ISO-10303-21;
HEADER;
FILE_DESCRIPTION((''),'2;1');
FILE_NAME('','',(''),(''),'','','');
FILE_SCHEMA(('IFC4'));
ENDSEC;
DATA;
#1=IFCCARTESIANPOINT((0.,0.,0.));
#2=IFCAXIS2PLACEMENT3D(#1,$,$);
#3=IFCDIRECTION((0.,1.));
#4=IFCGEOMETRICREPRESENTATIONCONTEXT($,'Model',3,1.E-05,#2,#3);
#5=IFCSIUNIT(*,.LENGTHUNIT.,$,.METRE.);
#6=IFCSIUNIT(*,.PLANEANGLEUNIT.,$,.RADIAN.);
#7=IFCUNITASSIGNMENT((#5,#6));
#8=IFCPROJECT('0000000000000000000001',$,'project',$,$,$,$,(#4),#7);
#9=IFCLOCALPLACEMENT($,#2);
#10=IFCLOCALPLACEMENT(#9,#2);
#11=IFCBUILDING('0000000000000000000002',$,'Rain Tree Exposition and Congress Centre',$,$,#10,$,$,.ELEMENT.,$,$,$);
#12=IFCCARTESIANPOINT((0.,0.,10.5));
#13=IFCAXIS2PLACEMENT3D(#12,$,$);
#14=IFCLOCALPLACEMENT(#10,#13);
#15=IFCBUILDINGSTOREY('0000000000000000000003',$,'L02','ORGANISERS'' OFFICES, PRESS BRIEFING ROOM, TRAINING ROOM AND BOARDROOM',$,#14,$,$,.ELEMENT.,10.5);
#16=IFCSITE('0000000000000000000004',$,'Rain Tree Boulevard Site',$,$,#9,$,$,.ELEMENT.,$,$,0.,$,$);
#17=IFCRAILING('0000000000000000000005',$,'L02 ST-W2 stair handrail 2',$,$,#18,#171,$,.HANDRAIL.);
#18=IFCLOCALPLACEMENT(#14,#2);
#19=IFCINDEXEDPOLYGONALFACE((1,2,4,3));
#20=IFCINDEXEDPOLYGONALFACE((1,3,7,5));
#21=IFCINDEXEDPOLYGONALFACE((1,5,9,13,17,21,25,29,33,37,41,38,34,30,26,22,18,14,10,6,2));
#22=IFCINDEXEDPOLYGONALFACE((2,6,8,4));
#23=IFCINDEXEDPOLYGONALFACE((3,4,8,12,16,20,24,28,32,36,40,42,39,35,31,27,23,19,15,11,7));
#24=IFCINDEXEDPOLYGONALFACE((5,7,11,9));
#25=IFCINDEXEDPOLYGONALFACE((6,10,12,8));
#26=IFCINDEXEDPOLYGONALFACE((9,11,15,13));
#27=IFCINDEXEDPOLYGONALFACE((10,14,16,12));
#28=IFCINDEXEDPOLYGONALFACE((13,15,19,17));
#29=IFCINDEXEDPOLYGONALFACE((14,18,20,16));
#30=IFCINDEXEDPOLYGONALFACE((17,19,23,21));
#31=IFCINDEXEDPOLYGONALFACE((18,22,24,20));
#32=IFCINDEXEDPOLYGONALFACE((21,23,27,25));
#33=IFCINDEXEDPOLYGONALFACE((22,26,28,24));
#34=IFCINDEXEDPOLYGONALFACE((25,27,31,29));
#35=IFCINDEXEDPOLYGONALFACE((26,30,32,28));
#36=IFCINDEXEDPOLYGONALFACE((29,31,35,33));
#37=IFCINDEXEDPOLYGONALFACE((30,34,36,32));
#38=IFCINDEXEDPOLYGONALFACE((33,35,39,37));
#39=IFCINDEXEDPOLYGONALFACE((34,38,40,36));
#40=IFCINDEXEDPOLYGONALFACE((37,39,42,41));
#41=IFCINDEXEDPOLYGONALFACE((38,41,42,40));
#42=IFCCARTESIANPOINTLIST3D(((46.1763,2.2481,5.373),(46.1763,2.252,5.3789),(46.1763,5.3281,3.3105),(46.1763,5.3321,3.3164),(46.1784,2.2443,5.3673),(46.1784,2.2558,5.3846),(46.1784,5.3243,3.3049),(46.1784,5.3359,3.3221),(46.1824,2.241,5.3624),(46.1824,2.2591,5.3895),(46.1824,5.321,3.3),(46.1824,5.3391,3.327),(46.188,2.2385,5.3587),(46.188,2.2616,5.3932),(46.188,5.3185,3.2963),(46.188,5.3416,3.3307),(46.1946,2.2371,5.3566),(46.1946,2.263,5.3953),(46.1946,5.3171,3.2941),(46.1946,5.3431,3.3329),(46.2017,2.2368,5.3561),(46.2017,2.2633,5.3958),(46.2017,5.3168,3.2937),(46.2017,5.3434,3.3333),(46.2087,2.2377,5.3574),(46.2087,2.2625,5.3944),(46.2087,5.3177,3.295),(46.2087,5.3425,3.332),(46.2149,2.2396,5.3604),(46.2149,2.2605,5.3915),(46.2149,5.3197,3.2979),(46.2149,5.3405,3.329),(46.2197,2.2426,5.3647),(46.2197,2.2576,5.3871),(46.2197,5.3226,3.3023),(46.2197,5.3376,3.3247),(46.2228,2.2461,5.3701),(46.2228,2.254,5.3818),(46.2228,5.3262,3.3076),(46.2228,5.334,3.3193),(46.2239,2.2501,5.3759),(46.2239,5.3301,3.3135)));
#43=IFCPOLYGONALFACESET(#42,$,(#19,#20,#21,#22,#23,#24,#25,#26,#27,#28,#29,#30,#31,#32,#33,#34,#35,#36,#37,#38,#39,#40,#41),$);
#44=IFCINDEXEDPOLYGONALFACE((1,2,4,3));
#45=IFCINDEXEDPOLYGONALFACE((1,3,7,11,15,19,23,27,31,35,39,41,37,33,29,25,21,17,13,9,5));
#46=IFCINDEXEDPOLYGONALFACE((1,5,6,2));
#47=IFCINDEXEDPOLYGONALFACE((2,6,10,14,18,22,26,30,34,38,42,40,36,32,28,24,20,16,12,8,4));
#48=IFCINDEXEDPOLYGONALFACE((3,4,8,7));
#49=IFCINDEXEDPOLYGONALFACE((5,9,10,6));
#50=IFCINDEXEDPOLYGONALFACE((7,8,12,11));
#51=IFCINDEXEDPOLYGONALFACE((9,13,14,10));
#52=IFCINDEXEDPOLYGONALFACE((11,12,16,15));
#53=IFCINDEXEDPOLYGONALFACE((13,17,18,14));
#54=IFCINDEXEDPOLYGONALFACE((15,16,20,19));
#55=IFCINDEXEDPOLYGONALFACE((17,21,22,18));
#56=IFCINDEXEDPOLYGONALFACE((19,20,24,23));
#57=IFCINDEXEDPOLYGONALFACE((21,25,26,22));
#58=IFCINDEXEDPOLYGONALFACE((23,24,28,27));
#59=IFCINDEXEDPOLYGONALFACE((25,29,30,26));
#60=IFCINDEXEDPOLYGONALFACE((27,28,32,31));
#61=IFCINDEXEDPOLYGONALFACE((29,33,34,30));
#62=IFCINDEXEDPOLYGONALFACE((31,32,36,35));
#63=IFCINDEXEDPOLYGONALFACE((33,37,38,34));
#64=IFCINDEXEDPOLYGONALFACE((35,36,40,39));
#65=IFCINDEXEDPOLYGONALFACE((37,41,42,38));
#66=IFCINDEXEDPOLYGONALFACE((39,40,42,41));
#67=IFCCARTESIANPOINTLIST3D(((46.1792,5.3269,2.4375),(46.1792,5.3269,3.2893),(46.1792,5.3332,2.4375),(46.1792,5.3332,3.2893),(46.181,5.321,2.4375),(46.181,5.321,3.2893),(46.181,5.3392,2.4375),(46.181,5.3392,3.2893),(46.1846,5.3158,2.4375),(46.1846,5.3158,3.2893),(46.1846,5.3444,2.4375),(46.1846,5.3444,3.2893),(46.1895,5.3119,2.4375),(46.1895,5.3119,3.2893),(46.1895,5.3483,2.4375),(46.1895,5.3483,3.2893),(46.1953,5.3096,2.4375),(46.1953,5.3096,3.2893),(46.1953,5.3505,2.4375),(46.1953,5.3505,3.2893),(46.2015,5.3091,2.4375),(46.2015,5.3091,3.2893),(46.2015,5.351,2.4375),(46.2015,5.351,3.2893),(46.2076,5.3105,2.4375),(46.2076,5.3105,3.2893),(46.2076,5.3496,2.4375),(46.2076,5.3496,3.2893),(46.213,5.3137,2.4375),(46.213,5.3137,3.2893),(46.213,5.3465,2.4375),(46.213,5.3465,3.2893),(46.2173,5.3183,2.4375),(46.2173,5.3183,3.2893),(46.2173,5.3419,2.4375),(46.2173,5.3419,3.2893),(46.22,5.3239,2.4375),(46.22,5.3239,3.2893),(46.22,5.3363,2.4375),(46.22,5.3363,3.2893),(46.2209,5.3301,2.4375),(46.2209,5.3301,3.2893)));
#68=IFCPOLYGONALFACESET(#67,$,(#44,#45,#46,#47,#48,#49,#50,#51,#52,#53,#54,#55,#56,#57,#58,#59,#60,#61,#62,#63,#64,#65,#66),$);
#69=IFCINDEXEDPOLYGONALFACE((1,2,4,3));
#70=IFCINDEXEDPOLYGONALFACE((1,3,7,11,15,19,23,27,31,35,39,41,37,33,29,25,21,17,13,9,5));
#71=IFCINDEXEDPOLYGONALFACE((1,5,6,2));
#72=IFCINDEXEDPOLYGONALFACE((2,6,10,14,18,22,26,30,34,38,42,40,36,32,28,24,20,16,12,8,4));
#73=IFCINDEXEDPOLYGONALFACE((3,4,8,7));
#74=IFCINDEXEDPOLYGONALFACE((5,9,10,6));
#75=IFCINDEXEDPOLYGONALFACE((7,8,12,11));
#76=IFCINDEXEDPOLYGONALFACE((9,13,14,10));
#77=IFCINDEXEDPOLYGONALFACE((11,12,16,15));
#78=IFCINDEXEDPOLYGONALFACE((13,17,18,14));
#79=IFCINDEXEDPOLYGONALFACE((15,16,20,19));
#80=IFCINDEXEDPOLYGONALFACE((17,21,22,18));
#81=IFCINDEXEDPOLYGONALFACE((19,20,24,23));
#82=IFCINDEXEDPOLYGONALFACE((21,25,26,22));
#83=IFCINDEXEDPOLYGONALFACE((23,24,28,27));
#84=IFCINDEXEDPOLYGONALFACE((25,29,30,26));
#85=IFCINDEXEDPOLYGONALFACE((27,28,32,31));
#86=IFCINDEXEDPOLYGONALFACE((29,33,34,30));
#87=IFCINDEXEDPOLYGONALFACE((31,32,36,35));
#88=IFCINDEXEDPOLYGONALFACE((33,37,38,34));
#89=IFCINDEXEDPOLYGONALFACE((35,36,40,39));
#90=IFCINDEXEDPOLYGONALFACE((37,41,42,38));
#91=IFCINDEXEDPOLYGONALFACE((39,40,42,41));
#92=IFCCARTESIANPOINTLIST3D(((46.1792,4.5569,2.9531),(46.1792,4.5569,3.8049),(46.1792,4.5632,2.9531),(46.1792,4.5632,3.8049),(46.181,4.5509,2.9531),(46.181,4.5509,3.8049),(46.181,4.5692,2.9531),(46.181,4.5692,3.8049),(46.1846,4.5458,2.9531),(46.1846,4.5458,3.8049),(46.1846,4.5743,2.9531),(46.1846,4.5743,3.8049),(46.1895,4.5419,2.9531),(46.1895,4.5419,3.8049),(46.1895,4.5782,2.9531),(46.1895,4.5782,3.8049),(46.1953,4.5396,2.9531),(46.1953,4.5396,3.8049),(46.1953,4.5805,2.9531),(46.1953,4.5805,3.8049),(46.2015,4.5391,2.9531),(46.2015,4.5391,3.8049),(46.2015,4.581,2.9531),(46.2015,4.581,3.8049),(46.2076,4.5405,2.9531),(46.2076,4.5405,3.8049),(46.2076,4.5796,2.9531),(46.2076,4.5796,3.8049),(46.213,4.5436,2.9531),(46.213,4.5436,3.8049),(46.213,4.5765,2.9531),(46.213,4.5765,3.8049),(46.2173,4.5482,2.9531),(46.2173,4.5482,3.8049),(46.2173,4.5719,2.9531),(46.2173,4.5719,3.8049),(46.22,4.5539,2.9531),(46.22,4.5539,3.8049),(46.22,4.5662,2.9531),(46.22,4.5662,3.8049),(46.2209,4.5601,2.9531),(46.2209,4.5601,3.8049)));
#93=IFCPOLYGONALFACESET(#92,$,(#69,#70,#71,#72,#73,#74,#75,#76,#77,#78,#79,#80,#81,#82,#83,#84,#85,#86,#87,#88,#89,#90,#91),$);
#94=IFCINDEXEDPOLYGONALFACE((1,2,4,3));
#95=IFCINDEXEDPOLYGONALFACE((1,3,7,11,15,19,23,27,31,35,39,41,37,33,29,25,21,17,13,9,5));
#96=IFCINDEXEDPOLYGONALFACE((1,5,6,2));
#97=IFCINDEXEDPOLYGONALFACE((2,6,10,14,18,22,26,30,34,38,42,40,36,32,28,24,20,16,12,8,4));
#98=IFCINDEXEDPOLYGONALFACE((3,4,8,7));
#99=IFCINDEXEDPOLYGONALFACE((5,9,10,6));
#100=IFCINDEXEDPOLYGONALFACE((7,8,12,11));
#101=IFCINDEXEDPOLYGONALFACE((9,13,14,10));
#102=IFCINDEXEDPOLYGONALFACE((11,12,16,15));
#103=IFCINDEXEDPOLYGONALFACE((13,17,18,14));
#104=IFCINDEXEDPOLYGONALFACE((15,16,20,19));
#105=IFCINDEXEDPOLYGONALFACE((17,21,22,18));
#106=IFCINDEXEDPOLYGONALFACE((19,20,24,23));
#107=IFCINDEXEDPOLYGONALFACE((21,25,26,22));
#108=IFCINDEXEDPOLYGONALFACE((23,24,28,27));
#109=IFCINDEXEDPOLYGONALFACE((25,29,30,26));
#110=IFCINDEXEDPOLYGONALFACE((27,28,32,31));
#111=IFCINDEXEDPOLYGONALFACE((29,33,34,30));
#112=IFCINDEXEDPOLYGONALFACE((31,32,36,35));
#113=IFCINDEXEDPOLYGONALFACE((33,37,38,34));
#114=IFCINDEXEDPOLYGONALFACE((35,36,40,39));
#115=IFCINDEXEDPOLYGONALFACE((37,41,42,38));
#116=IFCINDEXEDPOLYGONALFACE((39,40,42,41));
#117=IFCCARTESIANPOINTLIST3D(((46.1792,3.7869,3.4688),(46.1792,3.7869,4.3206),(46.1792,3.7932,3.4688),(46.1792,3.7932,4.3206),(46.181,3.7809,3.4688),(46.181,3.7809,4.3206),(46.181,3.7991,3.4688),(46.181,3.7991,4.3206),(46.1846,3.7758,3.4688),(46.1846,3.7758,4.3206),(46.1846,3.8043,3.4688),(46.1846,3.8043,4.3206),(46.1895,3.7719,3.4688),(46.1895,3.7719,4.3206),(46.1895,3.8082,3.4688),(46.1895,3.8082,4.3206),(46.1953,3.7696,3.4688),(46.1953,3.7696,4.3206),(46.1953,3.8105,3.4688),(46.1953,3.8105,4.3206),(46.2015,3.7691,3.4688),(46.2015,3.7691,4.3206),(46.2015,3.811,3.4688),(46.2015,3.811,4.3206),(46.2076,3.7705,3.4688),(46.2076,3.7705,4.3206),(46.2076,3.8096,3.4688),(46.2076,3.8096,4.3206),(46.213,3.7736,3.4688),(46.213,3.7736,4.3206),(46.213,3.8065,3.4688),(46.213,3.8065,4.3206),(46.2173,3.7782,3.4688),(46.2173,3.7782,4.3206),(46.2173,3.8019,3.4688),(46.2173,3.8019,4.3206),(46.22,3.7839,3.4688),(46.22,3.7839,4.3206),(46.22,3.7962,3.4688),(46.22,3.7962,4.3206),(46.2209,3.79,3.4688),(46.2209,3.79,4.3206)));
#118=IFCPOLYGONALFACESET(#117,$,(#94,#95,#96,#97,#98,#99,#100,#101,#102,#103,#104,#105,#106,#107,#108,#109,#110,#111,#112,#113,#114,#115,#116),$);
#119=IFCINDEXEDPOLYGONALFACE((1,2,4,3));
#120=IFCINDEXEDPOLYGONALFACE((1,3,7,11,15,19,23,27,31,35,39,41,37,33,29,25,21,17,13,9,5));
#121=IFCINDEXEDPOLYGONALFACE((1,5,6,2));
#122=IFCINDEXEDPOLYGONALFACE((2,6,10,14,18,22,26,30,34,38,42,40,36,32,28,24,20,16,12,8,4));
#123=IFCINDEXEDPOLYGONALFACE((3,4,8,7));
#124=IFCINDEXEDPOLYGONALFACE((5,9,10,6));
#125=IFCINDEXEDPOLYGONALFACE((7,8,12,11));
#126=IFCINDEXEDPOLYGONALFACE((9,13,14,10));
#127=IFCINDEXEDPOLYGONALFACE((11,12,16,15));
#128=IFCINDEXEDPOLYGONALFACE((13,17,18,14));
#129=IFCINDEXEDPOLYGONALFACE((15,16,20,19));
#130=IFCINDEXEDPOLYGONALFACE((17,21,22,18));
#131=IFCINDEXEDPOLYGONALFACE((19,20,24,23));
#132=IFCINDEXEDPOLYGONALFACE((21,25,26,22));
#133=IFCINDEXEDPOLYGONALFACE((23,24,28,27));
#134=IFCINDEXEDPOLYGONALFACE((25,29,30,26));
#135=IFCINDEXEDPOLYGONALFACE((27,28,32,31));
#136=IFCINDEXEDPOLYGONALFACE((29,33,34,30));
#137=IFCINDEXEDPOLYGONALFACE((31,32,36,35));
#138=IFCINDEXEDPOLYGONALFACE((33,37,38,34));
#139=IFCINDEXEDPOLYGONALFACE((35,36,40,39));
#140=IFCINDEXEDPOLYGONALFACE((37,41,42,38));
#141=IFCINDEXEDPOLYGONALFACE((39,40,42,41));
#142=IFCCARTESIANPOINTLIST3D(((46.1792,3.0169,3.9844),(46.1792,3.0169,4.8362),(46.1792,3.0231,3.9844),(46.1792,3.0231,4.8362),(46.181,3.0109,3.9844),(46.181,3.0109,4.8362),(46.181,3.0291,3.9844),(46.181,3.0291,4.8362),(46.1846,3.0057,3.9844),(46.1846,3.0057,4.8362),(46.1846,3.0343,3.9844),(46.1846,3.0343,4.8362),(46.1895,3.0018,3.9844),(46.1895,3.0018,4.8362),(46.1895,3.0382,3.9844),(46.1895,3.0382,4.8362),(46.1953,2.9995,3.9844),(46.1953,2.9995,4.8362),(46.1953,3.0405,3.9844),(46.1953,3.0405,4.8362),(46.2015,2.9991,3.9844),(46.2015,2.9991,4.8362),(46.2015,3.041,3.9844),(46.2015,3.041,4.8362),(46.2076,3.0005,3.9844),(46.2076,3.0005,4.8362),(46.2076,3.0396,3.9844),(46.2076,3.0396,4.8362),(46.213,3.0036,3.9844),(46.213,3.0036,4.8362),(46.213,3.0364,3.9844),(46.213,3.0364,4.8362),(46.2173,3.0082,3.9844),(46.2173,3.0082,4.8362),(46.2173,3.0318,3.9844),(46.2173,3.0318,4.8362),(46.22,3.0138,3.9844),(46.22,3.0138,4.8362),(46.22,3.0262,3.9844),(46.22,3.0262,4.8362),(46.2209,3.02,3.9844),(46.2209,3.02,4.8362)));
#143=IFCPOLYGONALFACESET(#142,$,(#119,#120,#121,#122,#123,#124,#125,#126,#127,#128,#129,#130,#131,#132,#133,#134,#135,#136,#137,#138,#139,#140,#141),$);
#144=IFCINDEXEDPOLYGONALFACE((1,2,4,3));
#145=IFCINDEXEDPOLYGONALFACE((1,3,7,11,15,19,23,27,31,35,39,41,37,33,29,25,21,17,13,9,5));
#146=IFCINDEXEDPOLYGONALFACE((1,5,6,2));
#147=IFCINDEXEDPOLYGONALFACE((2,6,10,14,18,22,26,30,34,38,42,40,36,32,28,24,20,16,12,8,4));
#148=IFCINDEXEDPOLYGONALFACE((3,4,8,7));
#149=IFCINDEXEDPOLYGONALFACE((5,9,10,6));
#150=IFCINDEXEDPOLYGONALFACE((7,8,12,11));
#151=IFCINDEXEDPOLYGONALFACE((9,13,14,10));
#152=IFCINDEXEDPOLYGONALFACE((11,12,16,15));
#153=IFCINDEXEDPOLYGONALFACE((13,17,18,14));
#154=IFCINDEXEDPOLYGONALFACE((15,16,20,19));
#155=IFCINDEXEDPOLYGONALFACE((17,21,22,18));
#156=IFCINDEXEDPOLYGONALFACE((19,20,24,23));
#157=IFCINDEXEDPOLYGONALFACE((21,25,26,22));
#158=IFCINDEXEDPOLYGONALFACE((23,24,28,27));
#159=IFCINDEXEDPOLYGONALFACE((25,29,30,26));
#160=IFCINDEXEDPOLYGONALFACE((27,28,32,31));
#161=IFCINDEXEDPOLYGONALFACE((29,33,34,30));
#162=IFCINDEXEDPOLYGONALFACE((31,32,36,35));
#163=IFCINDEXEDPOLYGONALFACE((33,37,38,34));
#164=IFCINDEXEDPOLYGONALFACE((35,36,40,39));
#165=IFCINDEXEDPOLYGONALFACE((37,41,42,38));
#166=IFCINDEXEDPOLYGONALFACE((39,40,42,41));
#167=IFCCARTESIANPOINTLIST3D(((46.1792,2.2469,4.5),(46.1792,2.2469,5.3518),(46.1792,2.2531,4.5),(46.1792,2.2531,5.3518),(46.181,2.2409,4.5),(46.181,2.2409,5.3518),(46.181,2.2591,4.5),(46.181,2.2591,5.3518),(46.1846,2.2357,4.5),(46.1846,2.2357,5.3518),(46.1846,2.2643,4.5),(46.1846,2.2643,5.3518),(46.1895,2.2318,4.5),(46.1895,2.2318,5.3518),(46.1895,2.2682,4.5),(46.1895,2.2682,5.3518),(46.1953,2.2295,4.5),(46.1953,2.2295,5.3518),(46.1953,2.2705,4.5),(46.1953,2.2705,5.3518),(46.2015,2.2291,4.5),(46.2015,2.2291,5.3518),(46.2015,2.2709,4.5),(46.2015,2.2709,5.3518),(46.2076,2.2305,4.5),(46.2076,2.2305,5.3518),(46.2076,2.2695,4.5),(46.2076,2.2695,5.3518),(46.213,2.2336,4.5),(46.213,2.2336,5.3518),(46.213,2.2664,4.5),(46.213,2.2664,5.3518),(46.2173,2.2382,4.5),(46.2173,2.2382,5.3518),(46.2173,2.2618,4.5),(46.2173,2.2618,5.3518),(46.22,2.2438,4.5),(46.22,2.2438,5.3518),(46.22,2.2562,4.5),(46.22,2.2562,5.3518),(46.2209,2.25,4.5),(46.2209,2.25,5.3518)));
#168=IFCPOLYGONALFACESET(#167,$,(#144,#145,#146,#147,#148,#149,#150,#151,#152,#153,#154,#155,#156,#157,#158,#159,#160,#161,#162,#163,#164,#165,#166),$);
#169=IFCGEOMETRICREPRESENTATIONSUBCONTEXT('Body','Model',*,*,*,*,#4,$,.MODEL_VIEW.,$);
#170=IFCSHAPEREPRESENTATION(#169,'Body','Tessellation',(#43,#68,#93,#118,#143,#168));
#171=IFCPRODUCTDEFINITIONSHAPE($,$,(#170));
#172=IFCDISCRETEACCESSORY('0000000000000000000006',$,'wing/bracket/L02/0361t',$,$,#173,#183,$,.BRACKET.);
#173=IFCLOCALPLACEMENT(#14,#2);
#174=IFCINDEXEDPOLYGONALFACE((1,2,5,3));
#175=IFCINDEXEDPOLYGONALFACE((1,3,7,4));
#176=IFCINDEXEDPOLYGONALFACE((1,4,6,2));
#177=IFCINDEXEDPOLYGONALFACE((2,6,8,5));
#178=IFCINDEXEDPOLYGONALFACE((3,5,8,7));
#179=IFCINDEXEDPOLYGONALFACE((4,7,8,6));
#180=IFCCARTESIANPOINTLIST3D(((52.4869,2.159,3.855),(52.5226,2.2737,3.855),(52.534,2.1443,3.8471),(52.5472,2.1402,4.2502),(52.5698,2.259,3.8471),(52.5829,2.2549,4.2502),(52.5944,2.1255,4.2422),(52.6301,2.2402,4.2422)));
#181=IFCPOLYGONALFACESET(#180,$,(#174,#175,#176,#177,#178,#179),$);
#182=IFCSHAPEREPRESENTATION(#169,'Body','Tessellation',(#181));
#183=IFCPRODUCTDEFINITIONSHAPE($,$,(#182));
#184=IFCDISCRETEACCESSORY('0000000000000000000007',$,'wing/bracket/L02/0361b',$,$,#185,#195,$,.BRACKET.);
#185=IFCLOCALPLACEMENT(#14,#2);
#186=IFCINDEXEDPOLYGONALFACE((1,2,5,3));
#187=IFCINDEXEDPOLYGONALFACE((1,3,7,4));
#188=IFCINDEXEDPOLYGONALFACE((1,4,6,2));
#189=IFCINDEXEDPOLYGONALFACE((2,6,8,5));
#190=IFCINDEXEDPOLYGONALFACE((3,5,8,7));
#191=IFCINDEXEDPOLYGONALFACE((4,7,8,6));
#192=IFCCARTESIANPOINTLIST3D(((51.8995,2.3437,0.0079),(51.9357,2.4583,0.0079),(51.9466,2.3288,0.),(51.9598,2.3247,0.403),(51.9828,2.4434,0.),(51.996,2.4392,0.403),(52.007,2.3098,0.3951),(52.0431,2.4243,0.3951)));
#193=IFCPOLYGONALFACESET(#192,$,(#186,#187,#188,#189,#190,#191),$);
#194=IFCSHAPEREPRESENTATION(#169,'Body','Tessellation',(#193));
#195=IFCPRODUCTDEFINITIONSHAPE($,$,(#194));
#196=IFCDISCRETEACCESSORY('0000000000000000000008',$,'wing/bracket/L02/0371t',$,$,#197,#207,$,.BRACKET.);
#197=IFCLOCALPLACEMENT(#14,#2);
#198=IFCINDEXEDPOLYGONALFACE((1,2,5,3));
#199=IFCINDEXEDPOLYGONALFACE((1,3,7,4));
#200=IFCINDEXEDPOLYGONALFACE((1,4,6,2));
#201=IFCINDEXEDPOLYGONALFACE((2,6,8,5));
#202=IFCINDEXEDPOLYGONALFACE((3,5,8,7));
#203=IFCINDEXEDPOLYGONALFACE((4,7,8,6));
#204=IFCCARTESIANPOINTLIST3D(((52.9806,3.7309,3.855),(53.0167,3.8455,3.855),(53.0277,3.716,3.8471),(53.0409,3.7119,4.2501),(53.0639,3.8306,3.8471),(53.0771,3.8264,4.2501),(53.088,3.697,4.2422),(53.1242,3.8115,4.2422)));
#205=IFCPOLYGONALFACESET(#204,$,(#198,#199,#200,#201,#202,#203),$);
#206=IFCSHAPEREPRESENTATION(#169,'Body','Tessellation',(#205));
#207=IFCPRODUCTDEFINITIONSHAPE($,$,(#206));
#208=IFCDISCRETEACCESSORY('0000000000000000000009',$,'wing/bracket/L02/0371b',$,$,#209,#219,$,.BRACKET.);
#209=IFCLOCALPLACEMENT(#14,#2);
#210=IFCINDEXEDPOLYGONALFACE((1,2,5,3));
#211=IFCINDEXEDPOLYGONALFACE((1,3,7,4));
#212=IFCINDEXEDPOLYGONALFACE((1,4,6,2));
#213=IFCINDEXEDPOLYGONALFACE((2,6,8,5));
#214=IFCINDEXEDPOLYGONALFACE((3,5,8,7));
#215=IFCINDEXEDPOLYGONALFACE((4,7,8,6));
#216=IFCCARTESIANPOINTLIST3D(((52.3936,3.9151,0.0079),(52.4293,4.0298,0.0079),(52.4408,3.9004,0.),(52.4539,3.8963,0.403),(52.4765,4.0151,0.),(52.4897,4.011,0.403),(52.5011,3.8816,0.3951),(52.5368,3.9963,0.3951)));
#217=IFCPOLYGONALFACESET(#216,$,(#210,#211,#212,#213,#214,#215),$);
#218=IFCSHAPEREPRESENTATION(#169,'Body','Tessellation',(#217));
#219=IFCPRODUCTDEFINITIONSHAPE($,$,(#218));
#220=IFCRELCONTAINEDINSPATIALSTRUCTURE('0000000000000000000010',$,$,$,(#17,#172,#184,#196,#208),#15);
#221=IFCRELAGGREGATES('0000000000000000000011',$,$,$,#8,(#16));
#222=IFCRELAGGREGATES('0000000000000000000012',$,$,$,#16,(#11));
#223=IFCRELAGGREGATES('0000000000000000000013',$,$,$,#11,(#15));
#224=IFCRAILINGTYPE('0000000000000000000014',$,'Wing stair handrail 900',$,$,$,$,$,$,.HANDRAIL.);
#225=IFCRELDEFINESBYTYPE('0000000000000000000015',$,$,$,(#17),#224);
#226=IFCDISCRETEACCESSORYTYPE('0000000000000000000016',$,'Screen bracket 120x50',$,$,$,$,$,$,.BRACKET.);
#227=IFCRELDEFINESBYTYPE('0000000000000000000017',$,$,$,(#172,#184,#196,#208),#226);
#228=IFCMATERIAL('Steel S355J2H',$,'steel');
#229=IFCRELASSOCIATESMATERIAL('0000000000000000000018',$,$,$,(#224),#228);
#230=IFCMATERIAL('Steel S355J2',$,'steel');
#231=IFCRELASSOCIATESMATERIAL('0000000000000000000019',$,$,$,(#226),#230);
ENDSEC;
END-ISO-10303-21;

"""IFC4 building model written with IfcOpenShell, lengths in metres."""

from ifc_helpers import new_model, si_unit, direction, frame, origin, origin_2d, place, context, subcontext, project, spatial, rectangle, circle, extrude, material, material_profile, profile_set, type_object, element, save


model = new_model("IFC4")

# Units and contexts
model_context = context("Model", 3, precision=1e-05, world=origin(), true_north=direction((0.0, 1.0)))
body_context = subcontext(model_context, "Body", "Model", "MODEL_VIEW")
ifc_project = project(units=[si_unit("LENGTHUNIT", "METRE"), si_unit("PLANEANGLEUNIT", "RADIAN")], contexts=[model_context])

# Site, building, storey
site_placement = place(None, origin())
site = spatial("IfcSite", under=ifc_project, at=site_placement, Name="Rain Tree Boulevard Site", CompositionType="ELEMENT", RefElevation=0.0)
building_placement = place(site_placement, origin())
building = spatial("IfcBuilding", under=site, at=building_placement, Name="Rain Tree Exposition and Congress Centre", CompositionType="ELEMENT")
storey_placement = place(building_placement, frame((0.0, 0.0, 10.5)))
storey = spatial("IfcBuildingStorey", under=building, at=storey_placement, Name="L02", Description="ORGANISERS' OFFICES, PRESS BRIEFING ROOM, TRAINING ROOM AND BOARDROOM", CompositionType="ELEMENT", Elevation=10.5)

# Railing
ifc_material_1 = material(Name="Steel S355J2H", Category="steel")
railing_type_1 = type_object("IfcRailingType", Name="Wing stair handrail 900", PredefinedType="HANDRAIL", material=ifc_material_1)
railing_1_placement = place(storey_placement, frame((46.2, 5.3301, 2.4375)))
element("IfcRailing", 1, at=railing_1_placement, inside=storey, type_object=railing_type_1, Name="L02 ST-W2 stair handrail 2", PredefinedType="HANDRAIL", context=body_context, shape_type="SweptSolid", body=[
    extrude(circle(Radius=0.0239, at=origin_2d()), frame((0.0, 0.0, 0.876), z_axis=(0.0, -0.830914, 0.556401), x_axis=(1.0, 0.0, 0.0)), (0.0, 0.0, 1.0), 3.7068),
    extrude(circle(Radius=0.021, at=origin_2d()), origin(), (0.0, 0.0, 1.0), 0.8518),
    extrude(circle(Radius=0.021, at=origin_2d()), frame((0.0, -0.77, 0.5156)), (0.0, 0.0, 1.0), 0.8518),
    extrude(circle(Radius=0.021, at=origin_2d()), frame((0.0, -1.54, 1.0312)), (0.0, 0.0, 1.0), 0.8518),
    extrude(circle(Radius=0.021, at=origin_2d()), frame((0.0, -2.3101, 1.5469)), (0.0, 0.0, 1.0), 0.8518),
    extrude(circle(Radius=0.021, at=origin_2d()), frame((0.0, -3.0801, 2.0625)), (0.0, 0.0, 1.0), 0.8518),
])

# Discrete accessories
ifc_material_2 = material(Name="Steel S355J2", Category="steel")
ifc_material_profile_1 = material_profile(ifc_material_2, rectangle(XDim=0.1201, YDim=0.05, at=origin_2d()), Name="Flat bar 120x50")
ifc_profile_set_1 = profile_set([ifc_material_profile_1], Name="Steel S355J2")
discrete_accessory_type = type_object("IfcDiscreteAccessoryType", Name="Screen bracket 120x50", PredefinedType="BRACKET", material=ifc_profile_set_1)
for number, where, z_axis, x_axis, name in (
    (2, (52.5283, 2.209, 3.8511), (0.150743, -0.046993, 0.987456), (0.297615, 0.954686, 0.0), "wing/bracket/L02/0361t"),
    (3, (51.9412, 2.3936, 0.0039), (0.150738, -0.047602, 0.987427), (0.301131, 0.953583, 0.0), "wing/bracket/L02/0361b"),
    (4, (53.0222, 3.7808, 3.8511), (0.150738, -0.047602, 0.987427), (0.301131, 0.953583, 0.0), "wing/bracket/L02/0371t"),
    (5, (52.4351, 3.9651, 0.0039), (0.150743, -0.046993, 0.987456), (0.297615, 0.954686, 0.0), "wing/bracket/L02/0371b"),
):
    element("IfcDiscreteAccessory", number, at=place(storey_placement, frame(where, z_axis=z_axis, x_axis=x_axis)), inside=storey, type_object=discrete_accessory_type, Name=name, PredefinedType="BRACKET", context=body_context, shape_type="SweptSolid", body=[
        extrude(rectangle(XDim=0.1201, YDim=0.05, at=origin_2d()), origin(), (0.0, 0.0, 1.0), 0.4001),
    ])

save(model, "model.ifc")
